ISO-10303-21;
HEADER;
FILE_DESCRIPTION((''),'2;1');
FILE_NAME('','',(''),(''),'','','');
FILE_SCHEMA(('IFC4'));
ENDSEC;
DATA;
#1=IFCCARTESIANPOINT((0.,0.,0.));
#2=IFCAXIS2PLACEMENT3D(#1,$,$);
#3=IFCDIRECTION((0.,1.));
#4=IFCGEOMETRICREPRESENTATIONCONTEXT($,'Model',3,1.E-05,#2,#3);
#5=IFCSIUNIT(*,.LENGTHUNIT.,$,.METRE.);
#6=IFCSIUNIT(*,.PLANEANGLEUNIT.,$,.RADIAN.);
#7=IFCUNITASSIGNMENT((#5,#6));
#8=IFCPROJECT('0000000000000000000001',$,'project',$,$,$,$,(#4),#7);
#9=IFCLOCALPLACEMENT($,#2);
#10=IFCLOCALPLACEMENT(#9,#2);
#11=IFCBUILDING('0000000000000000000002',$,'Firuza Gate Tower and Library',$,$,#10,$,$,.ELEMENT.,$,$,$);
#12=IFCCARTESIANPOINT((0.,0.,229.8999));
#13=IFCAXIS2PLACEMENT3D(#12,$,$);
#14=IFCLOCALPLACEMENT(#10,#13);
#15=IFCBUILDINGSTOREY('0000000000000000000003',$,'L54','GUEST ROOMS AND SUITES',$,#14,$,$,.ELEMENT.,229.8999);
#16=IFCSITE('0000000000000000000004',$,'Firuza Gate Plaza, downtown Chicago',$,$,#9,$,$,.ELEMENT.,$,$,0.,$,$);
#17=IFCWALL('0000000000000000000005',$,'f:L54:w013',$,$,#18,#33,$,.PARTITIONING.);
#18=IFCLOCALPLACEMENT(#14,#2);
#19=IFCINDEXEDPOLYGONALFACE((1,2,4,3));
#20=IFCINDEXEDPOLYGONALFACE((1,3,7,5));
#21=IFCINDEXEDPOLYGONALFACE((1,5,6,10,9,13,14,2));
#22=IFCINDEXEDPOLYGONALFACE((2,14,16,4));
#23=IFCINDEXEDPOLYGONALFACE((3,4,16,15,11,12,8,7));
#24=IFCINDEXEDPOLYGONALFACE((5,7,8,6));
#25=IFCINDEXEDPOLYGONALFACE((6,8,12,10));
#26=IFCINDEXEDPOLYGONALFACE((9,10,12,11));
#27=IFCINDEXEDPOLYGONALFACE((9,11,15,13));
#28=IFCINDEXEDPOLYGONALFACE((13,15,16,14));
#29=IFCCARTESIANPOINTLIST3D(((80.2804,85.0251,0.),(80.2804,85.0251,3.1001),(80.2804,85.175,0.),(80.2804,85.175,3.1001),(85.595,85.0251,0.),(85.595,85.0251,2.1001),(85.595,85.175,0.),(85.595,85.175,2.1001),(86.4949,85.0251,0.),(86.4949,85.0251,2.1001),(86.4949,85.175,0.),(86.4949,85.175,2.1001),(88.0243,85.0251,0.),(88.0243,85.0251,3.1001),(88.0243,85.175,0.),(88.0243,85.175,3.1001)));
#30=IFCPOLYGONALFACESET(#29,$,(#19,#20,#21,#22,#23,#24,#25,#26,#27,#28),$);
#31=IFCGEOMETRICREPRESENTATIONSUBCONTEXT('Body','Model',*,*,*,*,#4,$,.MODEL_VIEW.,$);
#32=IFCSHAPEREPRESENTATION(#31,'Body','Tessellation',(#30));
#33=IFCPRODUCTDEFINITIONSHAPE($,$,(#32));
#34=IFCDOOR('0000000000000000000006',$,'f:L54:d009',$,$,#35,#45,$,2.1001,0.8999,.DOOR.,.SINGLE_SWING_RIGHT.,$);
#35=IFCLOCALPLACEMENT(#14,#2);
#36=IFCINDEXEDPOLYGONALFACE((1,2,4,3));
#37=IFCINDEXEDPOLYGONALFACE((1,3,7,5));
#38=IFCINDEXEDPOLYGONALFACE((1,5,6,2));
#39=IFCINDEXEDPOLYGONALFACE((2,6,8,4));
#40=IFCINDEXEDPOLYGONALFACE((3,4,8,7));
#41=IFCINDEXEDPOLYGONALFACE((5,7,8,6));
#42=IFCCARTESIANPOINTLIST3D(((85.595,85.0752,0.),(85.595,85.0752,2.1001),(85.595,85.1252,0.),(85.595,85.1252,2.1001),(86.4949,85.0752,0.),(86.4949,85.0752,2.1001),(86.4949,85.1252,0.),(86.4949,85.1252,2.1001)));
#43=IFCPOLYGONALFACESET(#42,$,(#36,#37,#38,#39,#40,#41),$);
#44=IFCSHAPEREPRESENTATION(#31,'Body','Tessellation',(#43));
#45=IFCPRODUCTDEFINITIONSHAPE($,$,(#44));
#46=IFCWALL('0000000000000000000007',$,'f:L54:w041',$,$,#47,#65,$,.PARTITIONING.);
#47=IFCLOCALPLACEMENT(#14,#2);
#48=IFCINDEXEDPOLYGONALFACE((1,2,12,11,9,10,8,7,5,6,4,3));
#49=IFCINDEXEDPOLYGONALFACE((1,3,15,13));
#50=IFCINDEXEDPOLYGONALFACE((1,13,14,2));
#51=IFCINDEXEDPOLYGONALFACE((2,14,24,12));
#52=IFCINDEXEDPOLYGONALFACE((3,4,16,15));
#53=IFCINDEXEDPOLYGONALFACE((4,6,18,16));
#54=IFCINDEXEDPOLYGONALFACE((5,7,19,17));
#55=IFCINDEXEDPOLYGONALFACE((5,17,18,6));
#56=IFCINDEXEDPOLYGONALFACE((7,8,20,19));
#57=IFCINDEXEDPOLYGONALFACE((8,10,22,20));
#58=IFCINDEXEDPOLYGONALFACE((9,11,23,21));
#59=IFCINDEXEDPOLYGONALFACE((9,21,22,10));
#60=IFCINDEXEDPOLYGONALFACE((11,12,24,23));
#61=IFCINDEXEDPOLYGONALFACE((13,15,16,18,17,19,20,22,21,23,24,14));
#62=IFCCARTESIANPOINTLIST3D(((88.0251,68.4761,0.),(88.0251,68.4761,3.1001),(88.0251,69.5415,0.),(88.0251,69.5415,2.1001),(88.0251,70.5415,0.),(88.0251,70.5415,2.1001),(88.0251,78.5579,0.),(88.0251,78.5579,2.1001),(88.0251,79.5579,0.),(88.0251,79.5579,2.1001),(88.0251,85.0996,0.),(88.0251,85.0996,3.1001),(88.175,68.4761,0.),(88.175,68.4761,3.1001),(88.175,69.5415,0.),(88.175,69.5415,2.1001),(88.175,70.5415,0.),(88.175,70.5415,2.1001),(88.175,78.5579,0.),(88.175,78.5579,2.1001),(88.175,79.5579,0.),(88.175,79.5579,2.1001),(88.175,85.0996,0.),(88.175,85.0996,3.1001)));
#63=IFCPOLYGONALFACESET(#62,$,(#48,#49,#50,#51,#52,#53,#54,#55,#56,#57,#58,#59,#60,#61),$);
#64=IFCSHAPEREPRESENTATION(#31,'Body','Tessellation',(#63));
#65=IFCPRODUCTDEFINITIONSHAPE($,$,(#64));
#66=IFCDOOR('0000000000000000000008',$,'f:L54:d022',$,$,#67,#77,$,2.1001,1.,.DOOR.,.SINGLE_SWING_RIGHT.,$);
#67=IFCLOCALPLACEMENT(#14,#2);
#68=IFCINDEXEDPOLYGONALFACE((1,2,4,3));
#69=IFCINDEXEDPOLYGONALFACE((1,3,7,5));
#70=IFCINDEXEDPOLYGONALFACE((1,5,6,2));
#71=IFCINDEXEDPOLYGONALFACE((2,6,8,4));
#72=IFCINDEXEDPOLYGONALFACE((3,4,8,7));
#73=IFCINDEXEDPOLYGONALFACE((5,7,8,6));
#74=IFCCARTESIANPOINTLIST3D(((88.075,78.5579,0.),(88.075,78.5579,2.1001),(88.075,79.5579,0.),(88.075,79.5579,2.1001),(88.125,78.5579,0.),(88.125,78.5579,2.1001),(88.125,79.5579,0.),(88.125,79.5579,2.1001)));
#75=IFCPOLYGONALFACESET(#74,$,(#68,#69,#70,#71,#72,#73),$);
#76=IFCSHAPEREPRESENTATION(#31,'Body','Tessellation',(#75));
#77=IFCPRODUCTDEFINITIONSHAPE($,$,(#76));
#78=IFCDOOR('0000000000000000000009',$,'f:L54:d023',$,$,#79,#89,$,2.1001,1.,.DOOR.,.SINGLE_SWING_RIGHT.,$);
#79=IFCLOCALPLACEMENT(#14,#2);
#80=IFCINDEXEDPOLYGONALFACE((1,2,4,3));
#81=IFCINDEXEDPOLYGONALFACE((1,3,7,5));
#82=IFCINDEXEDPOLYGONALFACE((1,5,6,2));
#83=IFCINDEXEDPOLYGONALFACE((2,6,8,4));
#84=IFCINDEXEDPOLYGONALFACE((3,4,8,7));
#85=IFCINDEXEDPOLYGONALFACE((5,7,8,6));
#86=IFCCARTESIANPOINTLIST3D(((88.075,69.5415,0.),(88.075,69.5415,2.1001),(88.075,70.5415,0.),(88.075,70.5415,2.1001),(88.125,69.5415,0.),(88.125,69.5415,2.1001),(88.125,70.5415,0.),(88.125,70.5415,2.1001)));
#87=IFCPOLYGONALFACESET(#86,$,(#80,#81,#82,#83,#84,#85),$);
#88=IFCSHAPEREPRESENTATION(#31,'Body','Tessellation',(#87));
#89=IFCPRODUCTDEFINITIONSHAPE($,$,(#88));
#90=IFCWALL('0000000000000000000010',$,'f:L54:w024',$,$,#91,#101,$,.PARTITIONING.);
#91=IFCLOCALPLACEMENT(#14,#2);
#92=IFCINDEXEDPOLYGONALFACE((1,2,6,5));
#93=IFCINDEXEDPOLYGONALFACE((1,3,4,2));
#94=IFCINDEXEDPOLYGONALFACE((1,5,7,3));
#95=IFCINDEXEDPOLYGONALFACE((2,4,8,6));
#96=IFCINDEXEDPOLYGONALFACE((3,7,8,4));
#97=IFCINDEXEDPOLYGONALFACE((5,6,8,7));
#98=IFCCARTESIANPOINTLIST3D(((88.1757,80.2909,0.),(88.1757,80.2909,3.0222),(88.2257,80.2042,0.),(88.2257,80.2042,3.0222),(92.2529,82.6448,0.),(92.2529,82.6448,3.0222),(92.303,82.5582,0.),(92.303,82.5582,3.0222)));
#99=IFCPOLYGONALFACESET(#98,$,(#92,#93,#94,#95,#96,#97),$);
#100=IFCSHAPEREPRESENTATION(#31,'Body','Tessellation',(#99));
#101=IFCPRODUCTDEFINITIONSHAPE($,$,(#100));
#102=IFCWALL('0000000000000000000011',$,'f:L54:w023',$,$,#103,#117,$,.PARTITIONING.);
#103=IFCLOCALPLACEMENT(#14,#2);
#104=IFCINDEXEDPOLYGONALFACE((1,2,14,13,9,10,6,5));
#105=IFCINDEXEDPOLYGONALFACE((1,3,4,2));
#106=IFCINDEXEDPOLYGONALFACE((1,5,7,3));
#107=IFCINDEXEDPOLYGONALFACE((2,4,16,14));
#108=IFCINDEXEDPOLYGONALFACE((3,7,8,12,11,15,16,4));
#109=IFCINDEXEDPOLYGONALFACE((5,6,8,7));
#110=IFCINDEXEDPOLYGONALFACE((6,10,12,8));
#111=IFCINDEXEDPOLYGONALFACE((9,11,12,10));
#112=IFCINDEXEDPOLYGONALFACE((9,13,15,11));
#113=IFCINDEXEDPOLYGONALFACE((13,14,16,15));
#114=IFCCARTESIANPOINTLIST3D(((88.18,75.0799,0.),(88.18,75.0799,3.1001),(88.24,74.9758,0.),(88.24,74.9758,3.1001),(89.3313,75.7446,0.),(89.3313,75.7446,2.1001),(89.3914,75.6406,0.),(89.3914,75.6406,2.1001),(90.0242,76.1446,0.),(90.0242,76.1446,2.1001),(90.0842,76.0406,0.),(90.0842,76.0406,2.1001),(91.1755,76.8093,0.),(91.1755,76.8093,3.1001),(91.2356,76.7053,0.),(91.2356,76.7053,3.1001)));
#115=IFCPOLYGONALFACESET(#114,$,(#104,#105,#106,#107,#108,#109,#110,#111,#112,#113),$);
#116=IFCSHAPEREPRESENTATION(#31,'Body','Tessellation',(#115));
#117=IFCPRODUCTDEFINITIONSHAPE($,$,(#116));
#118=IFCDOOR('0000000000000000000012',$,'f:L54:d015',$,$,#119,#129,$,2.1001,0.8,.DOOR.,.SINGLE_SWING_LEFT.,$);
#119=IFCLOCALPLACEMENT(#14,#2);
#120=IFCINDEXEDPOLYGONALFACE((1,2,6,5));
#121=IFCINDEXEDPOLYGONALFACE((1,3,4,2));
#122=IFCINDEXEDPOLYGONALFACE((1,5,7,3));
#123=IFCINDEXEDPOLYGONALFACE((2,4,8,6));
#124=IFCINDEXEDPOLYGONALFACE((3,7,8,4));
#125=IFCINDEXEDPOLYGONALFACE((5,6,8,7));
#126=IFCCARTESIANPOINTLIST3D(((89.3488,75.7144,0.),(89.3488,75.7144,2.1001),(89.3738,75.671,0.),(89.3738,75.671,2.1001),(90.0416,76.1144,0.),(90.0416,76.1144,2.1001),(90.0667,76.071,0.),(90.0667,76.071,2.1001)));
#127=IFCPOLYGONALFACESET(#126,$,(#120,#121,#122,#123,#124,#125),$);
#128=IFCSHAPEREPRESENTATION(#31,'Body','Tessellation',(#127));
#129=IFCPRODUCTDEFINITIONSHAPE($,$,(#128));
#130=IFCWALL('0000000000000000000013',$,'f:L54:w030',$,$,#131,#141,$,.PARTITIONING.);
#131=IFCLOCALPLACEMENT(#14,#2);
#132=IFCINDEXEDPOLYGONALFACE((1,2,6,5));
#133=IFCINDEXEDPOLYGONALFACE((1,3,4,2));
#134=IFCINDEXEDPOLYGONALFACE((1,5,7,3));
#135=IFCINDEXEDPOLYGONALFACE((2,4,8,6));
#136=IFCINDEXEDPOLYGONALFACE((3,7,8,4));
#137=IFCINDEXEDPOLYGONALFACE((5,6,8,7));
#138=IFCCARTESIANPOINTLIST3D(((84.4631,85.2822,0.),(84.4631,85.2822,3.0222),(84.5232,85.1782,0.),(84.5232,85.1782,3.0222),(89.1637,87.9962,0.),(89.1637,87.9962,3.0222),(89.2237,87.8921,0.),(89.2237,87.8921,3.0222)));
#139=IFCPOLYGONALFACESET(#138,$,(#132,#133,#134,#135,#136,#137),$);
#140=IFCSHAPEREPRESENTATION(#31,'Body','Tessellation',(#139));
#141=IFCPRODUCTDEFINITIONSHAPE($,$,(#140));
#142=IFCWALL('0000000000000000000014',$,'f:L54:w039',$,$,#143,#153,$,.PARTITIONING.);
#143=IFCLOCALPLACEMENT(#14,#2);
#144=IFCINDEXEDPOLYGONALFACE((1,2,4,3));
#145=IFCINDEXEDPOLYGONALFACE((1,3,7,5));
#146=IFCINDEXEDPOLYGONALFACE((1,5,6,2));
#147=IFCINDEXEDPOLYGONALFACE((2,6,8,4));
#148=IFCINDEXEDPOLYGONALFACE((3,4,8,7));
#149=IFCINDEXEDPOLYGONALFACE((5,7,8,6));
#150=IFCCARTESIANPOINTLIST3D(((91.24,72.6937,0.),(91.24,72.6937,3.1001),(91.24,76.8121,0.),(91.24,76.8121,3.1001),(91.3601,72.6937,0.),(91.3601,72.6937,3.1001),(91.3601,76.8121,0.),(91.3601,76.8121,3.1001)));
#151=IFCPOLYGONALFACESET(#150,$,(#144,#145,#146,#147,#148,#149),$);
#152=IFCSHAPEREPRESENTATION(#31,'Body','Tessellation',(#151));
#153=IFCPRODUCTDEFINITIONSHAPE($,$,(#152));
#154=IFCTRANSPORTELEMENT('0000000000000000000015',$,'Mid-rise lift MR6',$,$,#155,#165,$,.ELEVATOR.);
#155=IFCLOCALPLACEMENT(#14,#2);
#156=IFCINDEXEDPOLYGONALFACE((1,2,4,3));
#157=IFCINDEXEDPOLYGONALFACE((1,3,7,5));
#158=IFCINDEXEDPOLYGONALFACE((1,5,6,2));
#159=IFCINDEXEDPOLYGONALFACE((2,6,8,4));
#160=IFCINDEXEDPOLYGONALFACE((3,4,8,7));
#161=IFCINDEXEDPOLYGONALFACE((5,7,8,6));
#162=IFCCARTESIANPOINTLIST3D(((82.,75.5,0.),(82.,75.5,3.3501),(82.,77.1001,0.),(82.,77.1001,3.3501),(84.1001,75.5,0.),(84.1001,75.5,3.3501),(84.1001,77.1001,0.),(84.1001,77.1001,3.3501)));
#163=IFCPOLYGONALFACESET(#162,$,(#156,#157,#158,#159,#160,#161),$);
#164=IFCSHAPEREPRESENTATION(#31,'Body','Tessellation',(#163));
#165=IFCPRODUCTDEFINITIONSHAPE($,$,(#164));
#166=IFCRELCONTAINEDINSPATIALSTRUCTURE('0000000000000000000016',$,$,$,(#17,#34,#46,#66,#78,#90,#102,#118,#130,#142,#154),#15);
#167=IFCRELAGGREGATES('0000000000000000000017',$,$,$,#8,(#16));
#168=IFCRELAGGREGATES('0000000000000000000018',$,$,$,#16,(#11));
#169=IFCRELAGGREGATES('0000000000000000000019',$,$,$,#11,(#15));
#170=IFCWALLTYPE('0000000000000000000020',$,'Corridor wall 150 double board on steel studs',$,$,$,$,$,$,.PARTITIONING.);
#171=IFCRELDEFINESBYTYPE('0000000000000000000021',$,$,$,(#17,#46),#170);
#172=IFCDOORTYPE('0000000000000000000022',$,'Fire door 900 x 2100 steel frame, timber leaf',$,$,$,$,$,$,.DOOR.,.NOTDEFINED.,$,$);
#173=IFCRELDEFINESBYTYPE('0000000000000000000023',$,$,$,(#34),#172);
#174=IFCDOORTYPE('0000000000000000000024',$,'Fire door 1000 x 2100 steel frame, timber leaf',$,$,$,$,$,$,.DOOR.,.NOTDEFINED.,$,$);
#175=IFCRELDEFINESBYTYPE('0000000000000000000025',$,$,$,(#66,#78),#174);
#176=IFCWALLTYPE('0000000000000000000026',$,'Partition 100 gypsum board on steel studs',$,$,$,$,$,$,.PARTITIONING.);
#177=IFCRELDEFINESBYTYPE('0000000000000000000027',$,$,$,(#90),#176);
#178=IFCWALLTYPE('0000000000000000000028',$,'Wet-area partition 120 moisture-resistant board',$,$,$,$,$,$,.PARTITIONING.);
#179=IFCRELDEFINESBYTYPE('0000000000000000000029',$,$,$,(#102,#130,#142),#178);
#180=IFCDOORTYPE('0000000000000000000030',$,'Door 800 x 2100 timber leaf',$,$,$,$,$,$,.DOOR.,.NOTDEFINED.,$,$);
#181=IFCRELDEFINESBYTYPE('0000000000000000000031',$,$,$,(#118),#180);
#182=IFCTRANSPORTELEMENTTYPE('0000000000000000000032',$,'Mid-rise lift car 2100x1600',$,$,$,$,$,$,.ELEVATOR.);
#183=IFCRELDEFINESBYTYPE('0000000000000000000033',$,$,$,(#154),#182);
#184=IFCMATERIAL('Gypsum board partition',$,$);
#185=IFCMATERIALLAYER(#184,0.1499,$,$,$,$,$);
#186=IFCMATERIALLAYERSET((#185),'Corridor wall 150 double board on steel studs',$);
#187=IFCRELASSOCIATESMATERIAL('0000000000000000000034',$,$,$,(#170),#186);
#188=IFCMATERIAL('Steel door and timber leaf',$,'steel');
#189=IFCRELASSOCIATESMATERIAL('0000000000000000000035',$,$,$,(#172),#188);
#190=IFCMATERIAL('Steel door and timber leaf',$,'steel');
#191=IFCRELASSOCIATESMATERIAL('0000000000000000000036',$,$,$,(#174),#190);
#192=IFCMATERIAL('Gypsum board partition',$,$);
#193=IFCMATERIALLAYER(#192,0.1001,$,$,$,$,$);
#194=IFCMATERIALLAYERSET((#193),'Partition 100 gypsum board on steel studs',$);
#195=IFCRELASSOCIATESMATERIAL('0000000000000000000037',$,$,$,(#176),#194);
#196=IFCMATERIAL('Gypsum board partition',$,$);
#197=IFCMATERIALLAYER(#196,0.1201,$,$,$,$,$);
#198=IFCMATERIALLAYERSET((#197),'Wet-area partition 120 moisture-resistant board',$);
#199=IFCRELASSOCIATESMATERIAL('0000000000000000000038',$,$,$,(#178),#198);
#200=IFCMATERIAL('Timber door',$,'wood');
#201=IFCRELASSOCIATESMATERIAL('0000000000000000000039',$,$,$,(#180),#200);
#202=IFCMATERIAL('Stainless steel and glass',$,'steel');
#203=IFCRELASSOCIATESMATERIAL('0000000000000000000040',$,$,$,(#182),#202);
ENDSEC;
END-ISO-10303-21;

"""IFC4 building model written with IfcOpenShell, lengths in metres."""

from ifc_helpers import new_model, si_unit, direction, frame, frame_2d, origin, origin_2d, place, context, subcontext, project, spatial, rectangle, extrude, material, layer, layer_set, type_object, element, fill, save


model = new_model("IFC4")

# Units and contexts
model_context = context("Model", 3, precision=1e-05, world=origin(), true_north=direction((0.0, 1.0)))
body_context = subcontext(model_context, "Body", "Model", "MODEL_VIEW")
ifc_project = project(units=[si_unit("LENGTHUNIT", "METRE"), si_unit("PLANEANGLEUNIT", "RADIAN")], contexts=[model_context])

# Site, building, storey
site_placement = place(None, origin())
site = spatial("IfcSite", under=ifc_project, at=site_placement, Name="Firuza Gate Plaza, downtown Chicago", CompositionType="ELEMENT", RefElevation=0.0)
building_placement = place(site_placement, origin())
building = spatial("IfcBuilding", under=site, at=building_placement, Name="Firuza Gate Tower and Library", CompositionType="ELEMENT")
storey_placement = place(building_placement, frame((0.0, 0.0, 229.8999)))
storey = spatial("IfcBuildingStorey", under=building, at=storey_placement, Name="L54", Description="GUEST ROOMS AND SUITES", CompositionType="ELEMENT", Elevation=229.8999)

# Wall, opening, door
ifc_material_1 = material(Name="Gypsum board partition")
ifc_layer_1 = layer(ifc_material_1, 0.1499)
ifc_layer_set_1 = layer_set([ifc_layer_1], Name="Corridor wall 150 double board on steel studs")
wall_type_1 = type_object("IfcWallType", Name="Corridor wall 150 double board on steel studs", PredefinedType="PARTITIONING", material=ifc_layer_set_1)
wall_1_placement = place(storey_placement, frame((88.0244, 85.1001, 0.0), z_axis=(0.0, 0.0, 1.0), x_axis=(-1.0, 0.0, 0.0)))
wall_1 = element("IfcWall", 1, at=wall_1_placement, inside=storey, type_object=wall_type_1, Name="f:L54:w013", PredefinedType="PARTITIONING", context=body_context, shape_type="SweptSolid", body=[
    extrude(rectangle(XDim=7.7439, YDim=0.1499, at=frame_2d((3.8721, 0.0))), origin(), (0.0, 0.0, 1.0), 3.1001),
])
opening_1_placement = place(wall_1_placement, frame((1.5295, 0.0, 0.0)))
opening_1 = element("IfcOpeningElement", 2, at=opening_1_placement, cuts=wall_1, PredefinedType="OPENING", context=body_context, shape_type="SweptSolid", body=[
    extrude(rectangle(XDim=0.8999, YDim=2.1001, at=frame_2d((0.45, 1.05))), frame((0.0, 0.085, 0.0), z_axis=(0.0, -1.0, 0.0), x_axis=(1.0, 0.0, 0.0)), (0.0, 0.0, 1.0), 0.1699),
])
ifc_material_2 = material(Name="Steel door and timber leaf", Category="steel")
door_type_1 = type_object("IfcDoorType", Name="Fire door 900 x 2100 steel frame, timber leaf", OperationType="NOTDEFINED", PredefinedType="DOOR", material=ifc_material_2)
door_1_placement = place(opening_1_placement, origin())
door_1 = element("IfcDoor", 3, at=door_1_placement, inside=storey, type_object=door_type_1, Name="f:L54:d009", OperationType="SINGLE_SWING_RIGHT", OverallHeight=2.1001, OverallWidth=0.8999, PredefinedType="DOOR", context=body_context, shape_type="SweptSolid", body=[
    extrude(rectangle(XDim=0.8999, YDim=2.1001, at=frame_2d((0.45, 1.05))), frame((0.0, 0.0249, 0.0), z_axis=(0.0, -1.0, 0.0), x_axis=(1.0, 0.0, 0.0)), (0.0, 0.0, 1.0), 0.05),
])
fill(opening_1, door_1)

# Wall, openings, doors
wall_2_placement = place(storey_placement, frame((88.1001, 85.0996, 0.0), z_axis=(0.0, 0.0, 1.0), x_axis=(0.0, -1.0, 0.0)))
wall_2 = element("IfcWall", 4, at=wall_2_placement, inside=storey, type_object=wall_type_1, Name="f:L54:w041", PredefinedType="PARTITIONING", context=body_context, shape_type="SweptSolid", body=[
    extrude(rectangle(XDim=16.6235, YDim=0.1499, at=frame_2d((8.3118, 0.0))), origin(), (0.0, 0.0, 1.0), 3.1001),
])
opening_2_placement = place(wall_2_placement, frame((5.5417, 0.0, 0.0)))
opening_2 = element("IfcOpeningElement", 5, at=opening_2_placement, cuts=wall_2, PredefinedType="OPENING", context=body_context, shape_type="SweptSolid", body=[
    extrude(rectangle(XDim=1.0, YDim=2.1001, at=frame_2d((0.5, 1.05))), frame((0.0, 0.085, 0.0), z_axis=(0.0, -1.0, 0.0), x_axis=(1.0, 0.0, 0.0)), (0.0, 0.0, 1.0), 0.1699),
])
opening_3_placement = place(wall_2_placement, frame((14.5581, 0.0, 0.0)))
opening_3 = element("IfcOpeningElement", 6, at=opening_3_placement, cuts=wall_2, PredefinedType="OPENING", context=body_context, shape_type="SweptSolid", body=[
    extrude(rectangle(XDim=1.0, YDim=2.1001, at=frame_2d((0.5, 1.05))), frame((0.0, 0.085, 0.0), z_axis=(0.0, -1.0, 0.0), x_axis=(1.0, 0.0, 0.0)), (0.0, 0.0, 1.0), 0.1699),
])
ifc_material_3 = material(Name="Steel door and timber leaf", Category="steel")
door_type_2 = type_object("IfcDoorType", Name="Fire door 1000 x 2100 steel frame, timber leaf", OperationType="NOTDEFINED", PredefinedType="DOOR", material=ifc_material_3)
door_2_placement = place(opening_2_placement, origin())
door_2 = element("IfcDoor", 7, at=door_2_placement, inside=storey, type_object=door_type_2, Name="f:L54:d022", OperationType="SINGLE_SWING_RIGHT", OverallHeight=2.1001, OverallWidth=1.0, PredefinedType="DOOR", context=body_context, shape_type="SweptSolid", body=[
    extrude(rectangle(XDim=1.0, YDim=2.1001, at=frame_2d((0.5, 1.05))), frame((0.0, 0.0249, 0.0), z_axis=(0.0, -1.0, 0.0), x_axis=(1.0, 0.0, 0.0)), (0.0, 0.0, 1.0), 0.05),
])
fill(opening_2, door_2)
door_3_placement = place(opening_3_placement, origin())
door_3 = element("IfcDoor", 8, at=door_3_placement, inside=storey, type_object=door_type_2, Name="f:L54:d023", OperationType="SINGLE_SWING_RIGHT", OverallHeight=2.1001, OverallWidth=1.0, PredefinedType="DOOR", context=body_context, shape_type="SweptSolid", body=[
    extrude(rectangle(XDim=1.0, YDim=2.1001, at=frame_2d((0.5, 1.05))), frame((0.0, 0.0249, 0.0), z_axis=(0.0, -1.0, 0.0), x_axis=(1.0, 0.0, 0.0)), (0.0, 0.0, 1.0), 0.05),
])
fill(opening_3, door_3)

# Wall
ifc_material_4 = material(Name="Gypsum board partition")
ifc_layer_2 = layer(ifc_material_4, 0.1001)
ifc_layer_set_2 = layer_set([ifc_layer_2], Name="Partition 100 gypsum board on steel studs")
wall_type_2 = type_object("IfcWallType", Name="Partition 100 gypsum board on steel studs", PredefinedType="PARTITIONING", material=ifc_layer_set_2)
wall_3_placement = place(storey_placement, frame((88.2007, 80.2476, 0.0), z_axis=(0.0, 0.0, 1.0), x_axis=(0.866033, 0.499987, 0.0)))
element("IfcWall", 9, at=wall_3_placement, inside=storey, type_object=wall_type_2, Name="f:L54:w024", PredefinedType="PARTITIONING", context=body_context, shape_type="SweptSolid", body=[
    extrude(rectangle(XDim=4.708, YDim=0.1001, at=frame_2d((2.354, 0.0))), origin(), (0.0, 0.0, 1.0), 3.0222),
])

# Wall, opening, door
ifc_material_5 = material(Name="Gypsum board partition")
ifc_layer_3 = layer(ifc_material_5, 0.1201)
ifc_layer_set_3 = layer_set([ifc_layer_3], Name="Wet-area partition 120 moisture-resistant board")
wall_type_3 = type_object("IfcWallType", Name="Wet-area partition 120 moisture-resistant board", PredefinedType="PARTITIONING", material=ifc_layer_set_3)
wall_4_placement = place(storey_placement, frame((91.2056, 76.7573, 0.0), z_axis=(0.0, 0.0, 1.0), x_axis=(-0.866028, -0.499995, 0.0)))
wall_4 = element("IfcWall", 10, at=wall_4_placement, inside=storey, type_object=wall_type_3, Name="f:L54:w023", PredefinedType="PARTITIONING", context=body_context, shape_type="SweptSolid", body=[
    extrude(rectangle(XDim=3.459, YDim=0.1201, at=frame_2d((1.7295, 0.0))), origin(), (0.0, 0.0, 1.0), 3.1001),
])
opening_4_placement = place(wall_4_placement, frame((1.3296, 0.0, 0.0)))
opening_4 = element("IfcOpeningElement", 11, at=opening_4_placement, cuts=wall_4, PredefinedType="OPENING", context=body_context, shape_type="SweptSolid", body=[
    extrude(rectangle(XDim=0.8, YDim=2.1001, at=frame_2d((0.3999, 1.05))), frame((0.0, 0.0701, 0.0), z_axis=(0.0, -1.0, 0.0), x_axis=(1.0, 0.0, 0.0)), (0.0, 0.0, 1.0), 0.1401),
])
ifc_material_6 = material(Name="Timber door", Category="wood")
door_type_3 = type_object("IfcDoorType", Name="Door 800 x 2100 timber leaf", OperationType="NOTDEFINED", PredefinedType="DOOR", material=ifc_material_6)
door_4_placement = place(opening_4_placement, origin())
door_4 = element("IfcDoor", 12, at=door_4_placement, inside=storey, type_object=door_type_3, Name="f:L54:d015", OperationType="SINGLE_SWING_LEFT", OverallHeight=2.1001, OverallWidth=0.8, PredefinedType="DOOR", context=body_context, shape_type="SweptSolid", body=[
    extrude(rectangle(XDim=0.8, YDim=2.1001, at=frame_2d((0.3999, 1.05))), frame((0.0, 0.0249, 0.0), z_axis=(0.0, -1.0, 0.0), x_axis=(1.0, 0.0, 0.0)), (0.0, 0.0, 1.0), 0.05),
])
fill(opening_4, door_4)

# Walls
wall_5_placement = place(storey_placement, frame((84.4932, 85.2302, 0.0), z_axis=(0.0, 0.0, 1.0), x_axis=(0.86602, 0.500009, 0.0)))
element("IfcWall", 13, at=wall_5_placement, inside=storey, type_object=wall_type_3, Name="f:L54:w030", PredefinedType="PARTITIONING", context=body_context, shape_type="SweptSolid", body=[
    extrude(rectangle(XDim=5.4277, YDim=0.1201, at=frame_2d((2.7139, 0.0))), origin(), (0.0, 0.0, 1.0), 3.0222),
])
wall_6_placement = place(storey_placement, frame((91.3, 72.6938, 0.0), z_axis=(0.0, 0.0, 1.0), x_axis=(0.0, 1.0, 0.0)))
element("IfcWall", 14, at=wall_6_placement, inside=storey, type_object=wall_type_3, Name="f:L54:w039", PredefinedType="PARTITIONING", context=body_context, shape_type="SweptSolid", body=[
    extrude(rectangle(XDim=4.1184, YDim=0.1201, at=frame_2d((2.0591, 0.0))), origin(), (0.0, 0.0, 1.0), 3.1001),
])

# Transport element
ifc_material_7 = material(Name="Stainless steel and glass", Category="steel")
transport_element_type = type_object("IfcTransportElementType", Name="Mid-rise lift car 2100x1600", PredefinedType="ELEVATOR", material=ifc_material_7)
transport_element_placement = place(storey_placement, frame((83.05, 76.3, 0.0), z_axis=(0.0, 0.0, 1.0), x_axis=(1.0, 0.0, 0.0)))
element("IfcTransportElement", 15, at=transport_element_placement, inside=storey, type_object=transport_element_type, Name="Mid-rise lift MR6", PredefinedType="ELEVATOR", context=body_context, shape_type="SweptSolid", body=[
    extrude(rectangle(XDim=2.1001, YDim=1.6001, at=origin_2d()), origin(), (0.0, 0.0, 1.0), 3.3501),
])

save(model, "model.ifc")
